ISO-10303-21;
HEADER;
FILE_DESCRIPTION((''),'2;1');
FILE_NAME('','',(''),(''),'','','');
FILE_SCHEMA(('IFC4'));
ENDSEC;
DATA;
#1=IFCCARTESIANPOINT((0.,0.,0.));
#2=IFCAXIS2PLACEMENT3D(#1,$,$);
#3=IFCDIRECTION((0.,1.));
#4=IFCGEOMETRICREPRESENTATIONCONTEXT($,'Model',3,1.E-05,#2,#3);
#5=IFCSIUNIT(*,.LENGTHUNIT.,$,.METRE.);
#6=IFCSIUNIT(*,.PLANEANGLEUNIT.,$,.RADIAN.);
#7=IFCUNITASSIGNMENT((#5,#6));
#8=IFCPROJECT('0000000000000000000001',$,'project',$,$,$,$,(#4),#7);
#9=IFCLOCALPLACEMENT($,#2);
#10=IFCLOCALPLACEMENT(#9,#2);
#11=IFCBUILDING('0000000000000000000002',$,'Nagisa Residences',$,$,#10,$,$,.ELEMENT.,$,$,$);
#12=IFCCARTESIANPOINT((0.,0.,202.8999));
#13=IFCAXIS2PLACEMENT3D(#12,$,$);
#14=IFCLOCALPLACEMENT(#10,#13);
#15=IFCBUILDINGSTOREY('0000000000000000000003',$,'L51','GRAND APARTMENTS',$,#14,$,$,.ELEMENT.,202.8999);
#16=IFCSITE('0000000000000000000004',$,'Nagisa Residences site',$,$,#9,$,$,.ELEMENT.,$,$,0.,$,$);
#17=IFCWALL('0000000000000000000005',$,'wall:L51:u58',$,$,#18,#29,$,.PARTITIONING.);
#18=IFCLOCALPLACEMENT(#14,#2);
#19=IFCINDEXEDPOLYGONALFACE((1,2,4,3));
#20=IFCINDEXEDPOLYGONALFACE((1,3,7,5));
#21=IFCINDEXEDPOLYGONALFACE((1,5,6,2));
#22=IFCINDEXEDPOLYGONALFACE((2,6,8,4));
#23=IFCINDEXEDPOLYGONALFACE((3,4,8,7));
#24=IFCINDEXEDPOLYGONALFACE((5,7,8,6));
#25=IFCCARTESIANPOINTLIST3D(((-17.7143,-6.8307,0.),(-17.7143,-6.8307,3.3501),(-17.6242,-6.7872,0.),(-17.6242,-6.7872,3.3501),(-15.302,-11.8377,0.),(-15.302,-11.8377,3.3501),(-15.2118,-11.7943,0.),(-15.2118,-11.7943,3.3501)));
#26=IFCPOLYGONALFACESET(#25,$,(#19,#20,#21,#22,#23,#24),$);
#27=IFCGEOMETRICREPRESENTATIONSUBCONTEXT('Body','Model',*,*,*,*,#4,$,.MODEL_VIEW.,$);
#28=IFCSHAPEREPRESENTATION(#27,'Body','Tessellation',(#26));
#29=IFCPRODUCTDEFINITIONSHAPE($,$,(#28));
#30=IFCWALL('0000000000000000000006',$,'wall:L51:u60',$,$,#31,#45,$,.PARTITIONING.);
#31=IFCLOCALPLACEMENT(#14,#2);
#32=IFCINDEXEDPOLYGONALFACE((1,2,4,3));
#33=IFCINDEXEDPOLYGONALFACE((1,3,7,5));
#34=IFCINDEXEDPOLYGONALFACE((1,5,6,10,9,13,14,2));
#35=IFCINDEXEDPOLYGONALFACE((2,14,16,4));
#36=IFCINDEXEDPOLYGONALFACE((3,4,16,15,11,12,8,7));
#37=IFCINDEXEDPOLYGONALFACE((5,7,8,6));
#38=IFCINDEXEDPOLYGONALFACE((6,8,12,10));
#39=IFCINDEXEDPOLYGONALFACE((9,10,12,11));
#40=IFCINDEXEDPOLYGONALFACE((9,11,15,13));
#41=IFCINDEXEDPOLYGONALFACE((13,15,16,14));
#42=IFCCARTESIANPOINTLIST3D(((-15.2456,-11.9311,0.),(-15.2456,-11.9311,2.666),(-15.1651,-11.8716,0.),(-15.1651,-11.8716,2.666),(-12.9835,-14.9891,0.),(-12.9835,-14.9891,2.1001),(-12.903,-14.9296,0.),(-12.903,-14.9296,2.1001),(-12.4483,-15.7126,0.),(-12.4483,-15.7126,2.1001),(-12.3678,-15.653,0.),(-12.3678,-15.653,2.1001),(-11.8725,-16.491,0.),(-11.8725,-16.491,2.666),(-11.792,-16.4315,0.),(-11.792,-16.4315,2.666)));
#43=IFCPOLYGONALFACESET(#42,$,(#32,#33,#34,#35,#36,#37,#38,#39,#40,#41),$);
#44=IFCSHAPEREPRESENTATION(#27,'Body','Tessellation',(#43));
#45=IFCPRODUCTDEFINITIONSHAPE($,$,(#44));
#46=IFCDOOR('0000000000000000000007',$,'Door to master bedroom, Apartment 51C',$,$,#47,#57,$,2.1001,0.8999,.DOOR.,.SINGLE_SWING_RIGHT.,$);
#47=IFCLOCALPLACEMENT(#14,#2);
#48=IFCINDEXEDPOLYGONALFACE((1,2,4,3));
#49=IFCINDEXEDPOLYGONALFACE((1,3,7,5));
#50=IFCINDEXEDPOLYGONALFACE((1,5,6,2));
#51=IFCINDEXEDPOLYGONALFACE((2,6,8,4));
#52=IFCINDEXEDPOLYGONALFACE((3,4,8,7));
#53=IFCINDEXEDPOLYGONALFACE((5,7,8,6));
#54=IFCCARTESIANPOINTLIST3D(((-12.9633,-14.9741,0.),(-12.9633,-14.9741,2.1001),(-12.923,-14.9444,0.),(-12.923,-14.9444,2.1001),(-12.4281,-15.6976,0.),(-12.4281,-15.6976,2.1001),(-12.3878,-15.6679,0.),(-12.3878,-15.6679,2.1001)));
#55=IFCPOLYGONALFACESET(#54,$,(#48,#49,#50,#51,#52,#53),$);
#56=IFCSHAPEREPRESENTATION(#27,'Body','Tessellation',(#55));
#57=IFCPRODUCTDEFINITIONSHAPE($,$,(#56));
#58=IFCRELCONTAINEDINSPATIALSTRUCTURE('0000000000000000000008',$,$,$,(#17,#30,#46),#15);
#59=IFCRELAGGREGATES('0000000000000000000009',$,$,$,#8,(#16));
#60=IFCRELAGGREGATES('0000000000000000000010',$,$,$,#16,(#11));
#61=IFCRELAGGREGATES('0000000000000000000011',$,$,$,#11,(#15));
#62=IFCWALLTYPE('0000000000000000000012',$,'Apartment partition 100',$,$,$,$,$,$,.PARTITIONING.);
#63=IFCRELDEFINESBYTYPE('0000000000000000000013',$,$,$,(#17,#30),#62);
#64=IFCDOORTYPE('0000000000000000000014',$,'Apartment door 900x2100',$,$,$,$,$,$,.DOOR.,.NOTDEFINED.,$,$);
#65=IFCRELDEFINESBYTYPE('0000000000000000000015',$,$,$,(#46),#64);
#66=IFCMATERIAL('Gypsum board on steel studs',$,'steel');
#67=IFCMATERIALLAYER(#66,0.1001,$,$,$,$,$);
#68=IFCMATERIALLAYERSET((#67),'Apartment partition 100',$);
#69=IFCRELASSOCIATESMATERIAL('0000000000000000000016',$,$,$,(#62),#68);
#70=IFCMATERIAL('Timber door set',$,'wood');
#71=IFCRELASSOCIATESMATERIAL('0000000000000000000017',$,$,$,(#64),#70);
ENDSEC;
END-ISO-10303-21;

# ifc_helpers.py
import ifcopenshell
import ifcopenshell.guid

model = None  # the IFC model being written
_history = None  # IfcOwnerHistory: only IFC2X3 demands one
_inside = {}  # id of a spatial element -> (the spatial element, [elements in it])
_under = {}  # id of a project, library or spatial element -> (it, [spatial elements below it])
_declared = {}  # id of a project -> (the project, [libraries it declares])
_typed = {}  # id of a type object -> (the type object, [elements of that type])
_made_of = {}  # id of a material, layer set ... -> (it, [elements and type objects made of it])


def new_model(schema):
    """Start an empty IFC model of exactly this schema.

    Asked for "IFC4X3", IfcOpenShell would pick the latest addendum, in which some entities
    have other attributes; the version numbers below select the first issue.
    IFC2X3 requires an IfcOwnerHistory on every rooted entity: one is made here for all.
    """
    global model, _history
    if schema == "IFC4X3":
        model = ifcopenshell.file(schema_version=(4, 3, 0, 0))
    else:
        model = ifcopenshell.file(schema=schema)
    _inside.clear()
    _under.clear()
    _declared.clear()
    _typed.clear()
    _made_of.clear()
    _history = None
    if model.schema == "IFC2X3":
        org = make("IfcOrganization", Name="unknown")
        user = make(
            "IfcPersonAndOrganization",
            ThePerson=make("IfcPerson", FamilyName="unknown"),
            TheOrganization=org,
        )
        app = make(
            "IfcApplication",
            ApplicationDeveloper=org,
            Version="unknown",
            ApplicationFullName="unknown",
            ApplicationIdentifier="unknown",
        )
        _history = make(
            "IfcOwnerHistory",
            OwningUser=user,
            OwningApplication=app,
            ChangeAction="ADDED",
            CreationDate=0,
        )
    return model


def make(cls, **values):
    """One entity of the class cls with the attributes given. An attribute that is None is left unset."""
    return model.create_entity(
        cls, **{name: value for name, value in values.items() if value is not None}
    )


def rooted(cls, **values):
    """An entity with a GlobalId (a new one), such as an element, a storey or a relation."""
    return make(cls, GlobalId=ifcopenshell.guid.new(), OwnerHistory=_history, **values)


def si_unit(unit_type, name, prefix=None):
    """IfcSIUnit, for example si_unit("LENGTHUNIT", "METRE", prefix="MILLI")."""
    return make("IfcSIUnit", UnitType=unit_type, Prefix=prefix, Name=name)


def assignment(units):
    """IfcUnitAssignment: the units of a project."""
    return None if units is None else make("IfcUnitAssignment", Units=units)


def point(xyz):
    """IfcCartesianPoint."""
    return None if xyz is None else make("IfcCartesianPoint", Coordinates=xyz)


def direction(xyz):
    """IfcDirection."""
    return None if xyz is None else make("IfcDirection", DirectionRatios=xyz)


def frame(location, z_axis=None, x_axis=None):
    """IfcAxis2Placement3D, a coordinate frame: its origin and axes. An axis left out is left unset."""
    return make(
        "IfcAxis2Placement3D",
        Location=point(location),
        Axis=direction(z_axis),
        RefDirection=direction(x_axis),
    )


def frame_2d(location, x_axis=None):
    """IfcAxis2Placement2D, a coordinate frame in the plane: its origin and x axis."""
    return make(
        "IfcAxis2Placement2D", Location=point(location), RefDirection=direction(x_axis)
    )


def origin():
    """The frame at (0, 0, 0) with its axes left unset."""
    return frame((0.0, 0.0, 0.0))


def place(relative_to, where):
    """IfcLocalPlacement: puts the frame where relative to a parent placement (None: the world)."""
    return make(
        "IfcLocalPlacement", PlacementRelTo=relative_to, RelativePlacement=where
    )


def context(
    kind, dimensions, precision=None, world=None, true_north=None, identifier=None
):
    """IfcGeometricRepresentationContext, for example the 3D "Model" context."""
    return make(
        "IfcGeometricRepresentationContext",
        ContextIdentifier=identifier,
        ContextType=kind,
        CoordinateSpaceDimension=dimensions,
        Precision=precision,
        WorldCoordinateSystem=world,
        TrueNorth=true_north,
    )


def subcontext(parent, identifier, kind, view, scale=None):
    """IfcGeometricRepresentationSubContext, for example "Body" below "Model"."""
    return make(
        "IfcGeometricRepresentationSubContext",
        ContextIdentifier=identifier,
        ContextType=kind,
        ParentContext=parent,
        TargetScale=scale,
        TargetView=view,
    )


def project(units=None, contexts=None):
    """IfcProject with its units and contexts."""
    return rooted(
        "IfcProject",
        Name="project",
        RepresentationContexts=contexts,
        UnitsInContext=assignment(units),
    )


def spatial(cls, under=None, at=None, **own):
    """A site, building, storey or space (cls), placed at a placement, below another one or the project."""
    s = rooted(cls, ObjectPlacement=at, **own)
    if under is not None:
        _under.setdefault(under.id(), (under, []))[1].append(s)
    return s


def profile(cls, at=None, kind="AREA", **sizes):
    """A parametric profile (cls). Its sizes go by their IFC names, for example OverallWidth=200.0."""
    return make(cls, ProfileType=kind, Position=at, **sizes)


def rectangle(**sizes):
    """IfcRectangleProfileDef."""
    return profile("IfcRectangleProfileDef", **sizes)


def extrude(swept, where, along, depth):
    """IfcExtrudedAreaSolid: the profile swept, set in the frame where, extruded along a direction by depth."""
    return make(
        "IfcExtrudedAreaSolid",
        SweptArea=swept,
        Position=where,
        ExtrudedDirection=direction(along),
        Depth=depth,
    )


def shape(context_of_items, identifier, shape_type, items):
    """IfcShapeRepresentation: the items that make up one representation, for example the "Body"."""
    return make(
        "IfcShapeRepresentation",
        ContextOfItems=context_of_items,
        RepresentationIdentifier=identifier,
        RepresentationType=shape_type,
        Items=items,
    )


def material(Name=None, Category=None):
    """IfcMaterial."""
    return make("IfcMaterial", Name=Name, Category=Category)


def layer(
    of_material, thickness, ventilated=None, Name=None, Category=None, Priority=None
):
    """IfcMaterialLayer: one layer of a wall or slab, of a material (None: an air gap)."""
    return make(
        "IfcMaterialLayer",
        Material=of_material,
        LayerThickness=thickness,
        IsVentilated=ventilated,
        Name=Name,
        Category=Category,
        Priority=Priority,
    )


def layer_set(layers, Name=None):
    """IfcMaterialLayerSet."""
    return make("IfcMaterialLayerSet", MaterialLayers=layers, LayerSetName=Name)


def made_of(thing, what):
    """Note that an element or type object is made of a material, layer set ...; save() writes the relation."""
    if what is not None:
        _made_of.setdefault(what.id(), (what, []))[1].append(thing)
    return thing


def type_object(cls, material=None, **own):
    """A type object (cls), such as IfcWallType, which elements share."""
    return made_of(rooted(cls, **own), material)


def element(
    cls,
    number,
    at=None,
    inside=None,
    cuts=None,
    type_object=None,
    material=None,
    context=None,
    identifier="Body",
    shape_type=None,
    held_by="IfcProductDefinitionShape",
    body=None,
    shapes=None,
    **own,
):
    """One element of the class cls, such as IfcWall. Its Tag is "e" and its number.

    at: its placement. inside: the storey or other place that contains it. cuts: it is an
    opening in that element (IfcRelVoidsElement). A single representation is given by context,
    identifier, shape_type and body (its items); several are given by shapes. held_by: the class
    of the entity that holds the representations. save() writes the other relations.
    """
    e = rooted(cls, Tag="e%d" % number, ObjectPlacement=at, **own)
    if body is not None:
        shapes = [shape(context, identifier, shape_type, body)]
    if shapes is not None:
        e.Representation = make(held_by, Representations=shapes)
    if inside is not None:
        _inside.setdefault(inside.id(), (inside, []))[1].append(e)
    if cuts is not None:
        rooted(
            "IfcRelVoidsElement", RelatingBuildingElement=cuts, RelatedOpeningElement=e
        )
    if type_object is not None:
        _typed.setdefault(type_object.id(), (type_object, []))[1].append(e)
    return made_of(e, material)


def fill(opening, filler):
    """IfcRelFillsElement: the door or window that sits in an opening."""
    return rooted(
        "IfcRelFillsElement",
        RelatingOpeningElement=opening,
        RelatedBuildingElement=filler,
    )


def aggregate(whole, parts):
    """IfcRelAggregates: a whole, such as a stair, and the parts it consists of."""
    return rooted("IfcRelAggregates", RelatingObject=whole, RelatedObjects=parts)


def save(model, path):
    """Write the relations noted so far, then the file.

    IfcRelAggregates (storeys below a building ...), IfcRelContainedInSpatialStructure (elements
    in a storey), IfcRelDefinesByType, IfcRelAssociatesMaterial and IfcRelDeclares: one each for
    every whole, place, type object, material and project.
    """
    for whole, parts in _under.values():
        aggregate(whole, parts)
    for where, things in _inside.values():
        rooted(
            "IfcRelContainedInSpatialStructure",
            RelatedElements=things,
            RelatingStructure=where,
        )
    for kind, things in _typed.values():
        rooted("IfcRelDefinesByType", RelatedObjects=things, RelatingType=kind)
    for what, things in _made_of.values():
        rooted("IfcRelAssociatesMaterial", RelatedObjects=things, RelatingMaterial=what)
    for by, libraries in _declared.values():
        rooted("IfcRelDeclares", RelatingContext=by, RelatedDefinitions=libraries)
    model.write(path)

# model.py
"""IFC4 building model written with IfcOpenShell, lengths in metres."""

from ifc_helpers import new_model, si_unit, direction, frame, frame_2d, origin, place, context, subcontext, project, spatial, rectangle, extrude, material, layer, layer_set, type_object, element, fill, save


model = new_model("IFC4")

# Units and contexts
model_context = context("Model", 3, precision=1e-05, world=origin(), true_north=direction((0.0, 1.0)))
body_context = subcontext(model_context, "Body", "Model", "MODEL_VIEW")
ifc_project = project(units=[si_unit("LENGTHUNIT", "METRE"), si_unit("PLANEANGLEUNIT", "RADIAN")], contexts=[model_context])

# Site, building, storey
site_placement = place(None, origin())
site = spatial("IfcSite", under=ifc_project, at=site_placement, Name="Nagisa Residences site", CompositionType="ELEMENT", RefElevation=0.0)
building_placement = place(site_placement, origin())
building = spatial("IfcBuilding", under=site, at=building_placement, Name="Nagisa Residences", CompositionType="ELEMENT")
storey_placement = place(building_placement, frame((0.0, 0.0, 202.8999)))
storey = spatial("IfcBuildingStorey", under=building, at=storey_placement, Name="L51", Description="GRAND APARTMENTS", CompositionType="ELEMENT", Elevation=202.8999)

# Shared definitions
ifc_material_1 = material(Name="Gypsum board on steel studs", Category="steel")
ifc_layer_1 = layer(ifc_material_1, 0.1001)
ifc_layer_set_1 = layer_set([ifc_layer_1], Name="Apartment partition 100")
wall_type_1 = type_object("IfcWallType", Name="Apartment partition 100", PredefinedType="PARTITIONING", material=ifc_layer_set_1)
ifc_material_2 = material(Name="Timber door set", Category="wood")
door_type_1 = type_object("IfcDoorType", Name="Apartment door 900x2100", OperationType="NOTDEFINED", PredefinedType="DOOR", material=ifc_material_2)

# Wall
wall_1_placement = place(storey_placement, frame((-17.6692, -6.8091, 0.0), z_axis=(0.0, 0.0, 1.0), x_axis=(0.43404, -0.900894, 0.0)))
element("IfcWall", 1, at=wall_1_placement, inside=storey, type_object=wall_type_1, Name="wall:L51:u58", PredefinedType="PARTITIONING", context=body_context, shape_type="SweptSolid", body=[
    extrude(rectangle(XDim=5.5579, YDim=0.1001, at=frame_2d((2.7788, 0.0))), origin(), (0.0, 0.0, 1.0), 3.3501),
])

# Wall, opening, door
wall_2_placement = place(storey_placement, frame((-15.2053, -11.9014, 0.0), z_axis=(0.0, 0.0, 1.0), x_axis=(0.594704, -0.803944, 0.0)))
wall_2 = element("IfcWall", 2, at=wall_2_placement, inside=storey, type_object=wall_type_1, Name="wall:L51:u60", PredefinedType="PARTITIONING", context=body_context, shape_type="SweptSolid", body=[
    extrude(rectangle(XDim=5.6719, YDim=0.1001, at=frame_2d((2.8359, 0.0))), origin(), (0.0, 0.0, 1.0), 2.666),
])
opening_1_placement = place(wall_2_placement, frame((3.8037, 0.0, 0.0)))
opening_1 = element("IfcOpeningElement", 3, at=opening_1_placement, cuts=wall_2, PredefinedType="OPENING", context=body_context, shape_type="SweptSolid", body=[
    extrude(rectangle(XDim=0.8999, YDim=2.1001, at=frame_2d((0.45, 1.05))), frame((0.0, 0.0601, 0.0), z_axis=(0.0, -1.0, 0.0), x_axis=(1.0, 0.0, 0.0)), (0.0, 0.0, 1.0), 0.1201),
])
door_1_placement = place(opening_1_placement, frame((0.8999, 0.0, 0.0), x_axis=(-1.0, 0.0, 0.0)))
door_1 = element("IfcDoor", 4, at=door_1_placement, inside=storey, type_object=door_type_1, Name="Door to master bedroom, Apartment 51C", OperationType="SINGLE_SWING_RIGHT", OverallHeight=2.1001, OverallWidth=0.8999, PredefinedType="DOOR", context=body_context, shape_type="SweptSolid", body=[
    extrude(rectangle(XDim=0.8999, YDim=2.1001, at=frame_2d((0.45, 1.05))), frame((0.0, 0.0249, 0.0), z_axis=(0.0, -1.0, 0.0), x_axis=(1.0, 0.0, 0.0)), (0.0, 0.0, 1.0), 0.05),
])
fill(opening_1, door_1)

save(model, "model.ifc")
